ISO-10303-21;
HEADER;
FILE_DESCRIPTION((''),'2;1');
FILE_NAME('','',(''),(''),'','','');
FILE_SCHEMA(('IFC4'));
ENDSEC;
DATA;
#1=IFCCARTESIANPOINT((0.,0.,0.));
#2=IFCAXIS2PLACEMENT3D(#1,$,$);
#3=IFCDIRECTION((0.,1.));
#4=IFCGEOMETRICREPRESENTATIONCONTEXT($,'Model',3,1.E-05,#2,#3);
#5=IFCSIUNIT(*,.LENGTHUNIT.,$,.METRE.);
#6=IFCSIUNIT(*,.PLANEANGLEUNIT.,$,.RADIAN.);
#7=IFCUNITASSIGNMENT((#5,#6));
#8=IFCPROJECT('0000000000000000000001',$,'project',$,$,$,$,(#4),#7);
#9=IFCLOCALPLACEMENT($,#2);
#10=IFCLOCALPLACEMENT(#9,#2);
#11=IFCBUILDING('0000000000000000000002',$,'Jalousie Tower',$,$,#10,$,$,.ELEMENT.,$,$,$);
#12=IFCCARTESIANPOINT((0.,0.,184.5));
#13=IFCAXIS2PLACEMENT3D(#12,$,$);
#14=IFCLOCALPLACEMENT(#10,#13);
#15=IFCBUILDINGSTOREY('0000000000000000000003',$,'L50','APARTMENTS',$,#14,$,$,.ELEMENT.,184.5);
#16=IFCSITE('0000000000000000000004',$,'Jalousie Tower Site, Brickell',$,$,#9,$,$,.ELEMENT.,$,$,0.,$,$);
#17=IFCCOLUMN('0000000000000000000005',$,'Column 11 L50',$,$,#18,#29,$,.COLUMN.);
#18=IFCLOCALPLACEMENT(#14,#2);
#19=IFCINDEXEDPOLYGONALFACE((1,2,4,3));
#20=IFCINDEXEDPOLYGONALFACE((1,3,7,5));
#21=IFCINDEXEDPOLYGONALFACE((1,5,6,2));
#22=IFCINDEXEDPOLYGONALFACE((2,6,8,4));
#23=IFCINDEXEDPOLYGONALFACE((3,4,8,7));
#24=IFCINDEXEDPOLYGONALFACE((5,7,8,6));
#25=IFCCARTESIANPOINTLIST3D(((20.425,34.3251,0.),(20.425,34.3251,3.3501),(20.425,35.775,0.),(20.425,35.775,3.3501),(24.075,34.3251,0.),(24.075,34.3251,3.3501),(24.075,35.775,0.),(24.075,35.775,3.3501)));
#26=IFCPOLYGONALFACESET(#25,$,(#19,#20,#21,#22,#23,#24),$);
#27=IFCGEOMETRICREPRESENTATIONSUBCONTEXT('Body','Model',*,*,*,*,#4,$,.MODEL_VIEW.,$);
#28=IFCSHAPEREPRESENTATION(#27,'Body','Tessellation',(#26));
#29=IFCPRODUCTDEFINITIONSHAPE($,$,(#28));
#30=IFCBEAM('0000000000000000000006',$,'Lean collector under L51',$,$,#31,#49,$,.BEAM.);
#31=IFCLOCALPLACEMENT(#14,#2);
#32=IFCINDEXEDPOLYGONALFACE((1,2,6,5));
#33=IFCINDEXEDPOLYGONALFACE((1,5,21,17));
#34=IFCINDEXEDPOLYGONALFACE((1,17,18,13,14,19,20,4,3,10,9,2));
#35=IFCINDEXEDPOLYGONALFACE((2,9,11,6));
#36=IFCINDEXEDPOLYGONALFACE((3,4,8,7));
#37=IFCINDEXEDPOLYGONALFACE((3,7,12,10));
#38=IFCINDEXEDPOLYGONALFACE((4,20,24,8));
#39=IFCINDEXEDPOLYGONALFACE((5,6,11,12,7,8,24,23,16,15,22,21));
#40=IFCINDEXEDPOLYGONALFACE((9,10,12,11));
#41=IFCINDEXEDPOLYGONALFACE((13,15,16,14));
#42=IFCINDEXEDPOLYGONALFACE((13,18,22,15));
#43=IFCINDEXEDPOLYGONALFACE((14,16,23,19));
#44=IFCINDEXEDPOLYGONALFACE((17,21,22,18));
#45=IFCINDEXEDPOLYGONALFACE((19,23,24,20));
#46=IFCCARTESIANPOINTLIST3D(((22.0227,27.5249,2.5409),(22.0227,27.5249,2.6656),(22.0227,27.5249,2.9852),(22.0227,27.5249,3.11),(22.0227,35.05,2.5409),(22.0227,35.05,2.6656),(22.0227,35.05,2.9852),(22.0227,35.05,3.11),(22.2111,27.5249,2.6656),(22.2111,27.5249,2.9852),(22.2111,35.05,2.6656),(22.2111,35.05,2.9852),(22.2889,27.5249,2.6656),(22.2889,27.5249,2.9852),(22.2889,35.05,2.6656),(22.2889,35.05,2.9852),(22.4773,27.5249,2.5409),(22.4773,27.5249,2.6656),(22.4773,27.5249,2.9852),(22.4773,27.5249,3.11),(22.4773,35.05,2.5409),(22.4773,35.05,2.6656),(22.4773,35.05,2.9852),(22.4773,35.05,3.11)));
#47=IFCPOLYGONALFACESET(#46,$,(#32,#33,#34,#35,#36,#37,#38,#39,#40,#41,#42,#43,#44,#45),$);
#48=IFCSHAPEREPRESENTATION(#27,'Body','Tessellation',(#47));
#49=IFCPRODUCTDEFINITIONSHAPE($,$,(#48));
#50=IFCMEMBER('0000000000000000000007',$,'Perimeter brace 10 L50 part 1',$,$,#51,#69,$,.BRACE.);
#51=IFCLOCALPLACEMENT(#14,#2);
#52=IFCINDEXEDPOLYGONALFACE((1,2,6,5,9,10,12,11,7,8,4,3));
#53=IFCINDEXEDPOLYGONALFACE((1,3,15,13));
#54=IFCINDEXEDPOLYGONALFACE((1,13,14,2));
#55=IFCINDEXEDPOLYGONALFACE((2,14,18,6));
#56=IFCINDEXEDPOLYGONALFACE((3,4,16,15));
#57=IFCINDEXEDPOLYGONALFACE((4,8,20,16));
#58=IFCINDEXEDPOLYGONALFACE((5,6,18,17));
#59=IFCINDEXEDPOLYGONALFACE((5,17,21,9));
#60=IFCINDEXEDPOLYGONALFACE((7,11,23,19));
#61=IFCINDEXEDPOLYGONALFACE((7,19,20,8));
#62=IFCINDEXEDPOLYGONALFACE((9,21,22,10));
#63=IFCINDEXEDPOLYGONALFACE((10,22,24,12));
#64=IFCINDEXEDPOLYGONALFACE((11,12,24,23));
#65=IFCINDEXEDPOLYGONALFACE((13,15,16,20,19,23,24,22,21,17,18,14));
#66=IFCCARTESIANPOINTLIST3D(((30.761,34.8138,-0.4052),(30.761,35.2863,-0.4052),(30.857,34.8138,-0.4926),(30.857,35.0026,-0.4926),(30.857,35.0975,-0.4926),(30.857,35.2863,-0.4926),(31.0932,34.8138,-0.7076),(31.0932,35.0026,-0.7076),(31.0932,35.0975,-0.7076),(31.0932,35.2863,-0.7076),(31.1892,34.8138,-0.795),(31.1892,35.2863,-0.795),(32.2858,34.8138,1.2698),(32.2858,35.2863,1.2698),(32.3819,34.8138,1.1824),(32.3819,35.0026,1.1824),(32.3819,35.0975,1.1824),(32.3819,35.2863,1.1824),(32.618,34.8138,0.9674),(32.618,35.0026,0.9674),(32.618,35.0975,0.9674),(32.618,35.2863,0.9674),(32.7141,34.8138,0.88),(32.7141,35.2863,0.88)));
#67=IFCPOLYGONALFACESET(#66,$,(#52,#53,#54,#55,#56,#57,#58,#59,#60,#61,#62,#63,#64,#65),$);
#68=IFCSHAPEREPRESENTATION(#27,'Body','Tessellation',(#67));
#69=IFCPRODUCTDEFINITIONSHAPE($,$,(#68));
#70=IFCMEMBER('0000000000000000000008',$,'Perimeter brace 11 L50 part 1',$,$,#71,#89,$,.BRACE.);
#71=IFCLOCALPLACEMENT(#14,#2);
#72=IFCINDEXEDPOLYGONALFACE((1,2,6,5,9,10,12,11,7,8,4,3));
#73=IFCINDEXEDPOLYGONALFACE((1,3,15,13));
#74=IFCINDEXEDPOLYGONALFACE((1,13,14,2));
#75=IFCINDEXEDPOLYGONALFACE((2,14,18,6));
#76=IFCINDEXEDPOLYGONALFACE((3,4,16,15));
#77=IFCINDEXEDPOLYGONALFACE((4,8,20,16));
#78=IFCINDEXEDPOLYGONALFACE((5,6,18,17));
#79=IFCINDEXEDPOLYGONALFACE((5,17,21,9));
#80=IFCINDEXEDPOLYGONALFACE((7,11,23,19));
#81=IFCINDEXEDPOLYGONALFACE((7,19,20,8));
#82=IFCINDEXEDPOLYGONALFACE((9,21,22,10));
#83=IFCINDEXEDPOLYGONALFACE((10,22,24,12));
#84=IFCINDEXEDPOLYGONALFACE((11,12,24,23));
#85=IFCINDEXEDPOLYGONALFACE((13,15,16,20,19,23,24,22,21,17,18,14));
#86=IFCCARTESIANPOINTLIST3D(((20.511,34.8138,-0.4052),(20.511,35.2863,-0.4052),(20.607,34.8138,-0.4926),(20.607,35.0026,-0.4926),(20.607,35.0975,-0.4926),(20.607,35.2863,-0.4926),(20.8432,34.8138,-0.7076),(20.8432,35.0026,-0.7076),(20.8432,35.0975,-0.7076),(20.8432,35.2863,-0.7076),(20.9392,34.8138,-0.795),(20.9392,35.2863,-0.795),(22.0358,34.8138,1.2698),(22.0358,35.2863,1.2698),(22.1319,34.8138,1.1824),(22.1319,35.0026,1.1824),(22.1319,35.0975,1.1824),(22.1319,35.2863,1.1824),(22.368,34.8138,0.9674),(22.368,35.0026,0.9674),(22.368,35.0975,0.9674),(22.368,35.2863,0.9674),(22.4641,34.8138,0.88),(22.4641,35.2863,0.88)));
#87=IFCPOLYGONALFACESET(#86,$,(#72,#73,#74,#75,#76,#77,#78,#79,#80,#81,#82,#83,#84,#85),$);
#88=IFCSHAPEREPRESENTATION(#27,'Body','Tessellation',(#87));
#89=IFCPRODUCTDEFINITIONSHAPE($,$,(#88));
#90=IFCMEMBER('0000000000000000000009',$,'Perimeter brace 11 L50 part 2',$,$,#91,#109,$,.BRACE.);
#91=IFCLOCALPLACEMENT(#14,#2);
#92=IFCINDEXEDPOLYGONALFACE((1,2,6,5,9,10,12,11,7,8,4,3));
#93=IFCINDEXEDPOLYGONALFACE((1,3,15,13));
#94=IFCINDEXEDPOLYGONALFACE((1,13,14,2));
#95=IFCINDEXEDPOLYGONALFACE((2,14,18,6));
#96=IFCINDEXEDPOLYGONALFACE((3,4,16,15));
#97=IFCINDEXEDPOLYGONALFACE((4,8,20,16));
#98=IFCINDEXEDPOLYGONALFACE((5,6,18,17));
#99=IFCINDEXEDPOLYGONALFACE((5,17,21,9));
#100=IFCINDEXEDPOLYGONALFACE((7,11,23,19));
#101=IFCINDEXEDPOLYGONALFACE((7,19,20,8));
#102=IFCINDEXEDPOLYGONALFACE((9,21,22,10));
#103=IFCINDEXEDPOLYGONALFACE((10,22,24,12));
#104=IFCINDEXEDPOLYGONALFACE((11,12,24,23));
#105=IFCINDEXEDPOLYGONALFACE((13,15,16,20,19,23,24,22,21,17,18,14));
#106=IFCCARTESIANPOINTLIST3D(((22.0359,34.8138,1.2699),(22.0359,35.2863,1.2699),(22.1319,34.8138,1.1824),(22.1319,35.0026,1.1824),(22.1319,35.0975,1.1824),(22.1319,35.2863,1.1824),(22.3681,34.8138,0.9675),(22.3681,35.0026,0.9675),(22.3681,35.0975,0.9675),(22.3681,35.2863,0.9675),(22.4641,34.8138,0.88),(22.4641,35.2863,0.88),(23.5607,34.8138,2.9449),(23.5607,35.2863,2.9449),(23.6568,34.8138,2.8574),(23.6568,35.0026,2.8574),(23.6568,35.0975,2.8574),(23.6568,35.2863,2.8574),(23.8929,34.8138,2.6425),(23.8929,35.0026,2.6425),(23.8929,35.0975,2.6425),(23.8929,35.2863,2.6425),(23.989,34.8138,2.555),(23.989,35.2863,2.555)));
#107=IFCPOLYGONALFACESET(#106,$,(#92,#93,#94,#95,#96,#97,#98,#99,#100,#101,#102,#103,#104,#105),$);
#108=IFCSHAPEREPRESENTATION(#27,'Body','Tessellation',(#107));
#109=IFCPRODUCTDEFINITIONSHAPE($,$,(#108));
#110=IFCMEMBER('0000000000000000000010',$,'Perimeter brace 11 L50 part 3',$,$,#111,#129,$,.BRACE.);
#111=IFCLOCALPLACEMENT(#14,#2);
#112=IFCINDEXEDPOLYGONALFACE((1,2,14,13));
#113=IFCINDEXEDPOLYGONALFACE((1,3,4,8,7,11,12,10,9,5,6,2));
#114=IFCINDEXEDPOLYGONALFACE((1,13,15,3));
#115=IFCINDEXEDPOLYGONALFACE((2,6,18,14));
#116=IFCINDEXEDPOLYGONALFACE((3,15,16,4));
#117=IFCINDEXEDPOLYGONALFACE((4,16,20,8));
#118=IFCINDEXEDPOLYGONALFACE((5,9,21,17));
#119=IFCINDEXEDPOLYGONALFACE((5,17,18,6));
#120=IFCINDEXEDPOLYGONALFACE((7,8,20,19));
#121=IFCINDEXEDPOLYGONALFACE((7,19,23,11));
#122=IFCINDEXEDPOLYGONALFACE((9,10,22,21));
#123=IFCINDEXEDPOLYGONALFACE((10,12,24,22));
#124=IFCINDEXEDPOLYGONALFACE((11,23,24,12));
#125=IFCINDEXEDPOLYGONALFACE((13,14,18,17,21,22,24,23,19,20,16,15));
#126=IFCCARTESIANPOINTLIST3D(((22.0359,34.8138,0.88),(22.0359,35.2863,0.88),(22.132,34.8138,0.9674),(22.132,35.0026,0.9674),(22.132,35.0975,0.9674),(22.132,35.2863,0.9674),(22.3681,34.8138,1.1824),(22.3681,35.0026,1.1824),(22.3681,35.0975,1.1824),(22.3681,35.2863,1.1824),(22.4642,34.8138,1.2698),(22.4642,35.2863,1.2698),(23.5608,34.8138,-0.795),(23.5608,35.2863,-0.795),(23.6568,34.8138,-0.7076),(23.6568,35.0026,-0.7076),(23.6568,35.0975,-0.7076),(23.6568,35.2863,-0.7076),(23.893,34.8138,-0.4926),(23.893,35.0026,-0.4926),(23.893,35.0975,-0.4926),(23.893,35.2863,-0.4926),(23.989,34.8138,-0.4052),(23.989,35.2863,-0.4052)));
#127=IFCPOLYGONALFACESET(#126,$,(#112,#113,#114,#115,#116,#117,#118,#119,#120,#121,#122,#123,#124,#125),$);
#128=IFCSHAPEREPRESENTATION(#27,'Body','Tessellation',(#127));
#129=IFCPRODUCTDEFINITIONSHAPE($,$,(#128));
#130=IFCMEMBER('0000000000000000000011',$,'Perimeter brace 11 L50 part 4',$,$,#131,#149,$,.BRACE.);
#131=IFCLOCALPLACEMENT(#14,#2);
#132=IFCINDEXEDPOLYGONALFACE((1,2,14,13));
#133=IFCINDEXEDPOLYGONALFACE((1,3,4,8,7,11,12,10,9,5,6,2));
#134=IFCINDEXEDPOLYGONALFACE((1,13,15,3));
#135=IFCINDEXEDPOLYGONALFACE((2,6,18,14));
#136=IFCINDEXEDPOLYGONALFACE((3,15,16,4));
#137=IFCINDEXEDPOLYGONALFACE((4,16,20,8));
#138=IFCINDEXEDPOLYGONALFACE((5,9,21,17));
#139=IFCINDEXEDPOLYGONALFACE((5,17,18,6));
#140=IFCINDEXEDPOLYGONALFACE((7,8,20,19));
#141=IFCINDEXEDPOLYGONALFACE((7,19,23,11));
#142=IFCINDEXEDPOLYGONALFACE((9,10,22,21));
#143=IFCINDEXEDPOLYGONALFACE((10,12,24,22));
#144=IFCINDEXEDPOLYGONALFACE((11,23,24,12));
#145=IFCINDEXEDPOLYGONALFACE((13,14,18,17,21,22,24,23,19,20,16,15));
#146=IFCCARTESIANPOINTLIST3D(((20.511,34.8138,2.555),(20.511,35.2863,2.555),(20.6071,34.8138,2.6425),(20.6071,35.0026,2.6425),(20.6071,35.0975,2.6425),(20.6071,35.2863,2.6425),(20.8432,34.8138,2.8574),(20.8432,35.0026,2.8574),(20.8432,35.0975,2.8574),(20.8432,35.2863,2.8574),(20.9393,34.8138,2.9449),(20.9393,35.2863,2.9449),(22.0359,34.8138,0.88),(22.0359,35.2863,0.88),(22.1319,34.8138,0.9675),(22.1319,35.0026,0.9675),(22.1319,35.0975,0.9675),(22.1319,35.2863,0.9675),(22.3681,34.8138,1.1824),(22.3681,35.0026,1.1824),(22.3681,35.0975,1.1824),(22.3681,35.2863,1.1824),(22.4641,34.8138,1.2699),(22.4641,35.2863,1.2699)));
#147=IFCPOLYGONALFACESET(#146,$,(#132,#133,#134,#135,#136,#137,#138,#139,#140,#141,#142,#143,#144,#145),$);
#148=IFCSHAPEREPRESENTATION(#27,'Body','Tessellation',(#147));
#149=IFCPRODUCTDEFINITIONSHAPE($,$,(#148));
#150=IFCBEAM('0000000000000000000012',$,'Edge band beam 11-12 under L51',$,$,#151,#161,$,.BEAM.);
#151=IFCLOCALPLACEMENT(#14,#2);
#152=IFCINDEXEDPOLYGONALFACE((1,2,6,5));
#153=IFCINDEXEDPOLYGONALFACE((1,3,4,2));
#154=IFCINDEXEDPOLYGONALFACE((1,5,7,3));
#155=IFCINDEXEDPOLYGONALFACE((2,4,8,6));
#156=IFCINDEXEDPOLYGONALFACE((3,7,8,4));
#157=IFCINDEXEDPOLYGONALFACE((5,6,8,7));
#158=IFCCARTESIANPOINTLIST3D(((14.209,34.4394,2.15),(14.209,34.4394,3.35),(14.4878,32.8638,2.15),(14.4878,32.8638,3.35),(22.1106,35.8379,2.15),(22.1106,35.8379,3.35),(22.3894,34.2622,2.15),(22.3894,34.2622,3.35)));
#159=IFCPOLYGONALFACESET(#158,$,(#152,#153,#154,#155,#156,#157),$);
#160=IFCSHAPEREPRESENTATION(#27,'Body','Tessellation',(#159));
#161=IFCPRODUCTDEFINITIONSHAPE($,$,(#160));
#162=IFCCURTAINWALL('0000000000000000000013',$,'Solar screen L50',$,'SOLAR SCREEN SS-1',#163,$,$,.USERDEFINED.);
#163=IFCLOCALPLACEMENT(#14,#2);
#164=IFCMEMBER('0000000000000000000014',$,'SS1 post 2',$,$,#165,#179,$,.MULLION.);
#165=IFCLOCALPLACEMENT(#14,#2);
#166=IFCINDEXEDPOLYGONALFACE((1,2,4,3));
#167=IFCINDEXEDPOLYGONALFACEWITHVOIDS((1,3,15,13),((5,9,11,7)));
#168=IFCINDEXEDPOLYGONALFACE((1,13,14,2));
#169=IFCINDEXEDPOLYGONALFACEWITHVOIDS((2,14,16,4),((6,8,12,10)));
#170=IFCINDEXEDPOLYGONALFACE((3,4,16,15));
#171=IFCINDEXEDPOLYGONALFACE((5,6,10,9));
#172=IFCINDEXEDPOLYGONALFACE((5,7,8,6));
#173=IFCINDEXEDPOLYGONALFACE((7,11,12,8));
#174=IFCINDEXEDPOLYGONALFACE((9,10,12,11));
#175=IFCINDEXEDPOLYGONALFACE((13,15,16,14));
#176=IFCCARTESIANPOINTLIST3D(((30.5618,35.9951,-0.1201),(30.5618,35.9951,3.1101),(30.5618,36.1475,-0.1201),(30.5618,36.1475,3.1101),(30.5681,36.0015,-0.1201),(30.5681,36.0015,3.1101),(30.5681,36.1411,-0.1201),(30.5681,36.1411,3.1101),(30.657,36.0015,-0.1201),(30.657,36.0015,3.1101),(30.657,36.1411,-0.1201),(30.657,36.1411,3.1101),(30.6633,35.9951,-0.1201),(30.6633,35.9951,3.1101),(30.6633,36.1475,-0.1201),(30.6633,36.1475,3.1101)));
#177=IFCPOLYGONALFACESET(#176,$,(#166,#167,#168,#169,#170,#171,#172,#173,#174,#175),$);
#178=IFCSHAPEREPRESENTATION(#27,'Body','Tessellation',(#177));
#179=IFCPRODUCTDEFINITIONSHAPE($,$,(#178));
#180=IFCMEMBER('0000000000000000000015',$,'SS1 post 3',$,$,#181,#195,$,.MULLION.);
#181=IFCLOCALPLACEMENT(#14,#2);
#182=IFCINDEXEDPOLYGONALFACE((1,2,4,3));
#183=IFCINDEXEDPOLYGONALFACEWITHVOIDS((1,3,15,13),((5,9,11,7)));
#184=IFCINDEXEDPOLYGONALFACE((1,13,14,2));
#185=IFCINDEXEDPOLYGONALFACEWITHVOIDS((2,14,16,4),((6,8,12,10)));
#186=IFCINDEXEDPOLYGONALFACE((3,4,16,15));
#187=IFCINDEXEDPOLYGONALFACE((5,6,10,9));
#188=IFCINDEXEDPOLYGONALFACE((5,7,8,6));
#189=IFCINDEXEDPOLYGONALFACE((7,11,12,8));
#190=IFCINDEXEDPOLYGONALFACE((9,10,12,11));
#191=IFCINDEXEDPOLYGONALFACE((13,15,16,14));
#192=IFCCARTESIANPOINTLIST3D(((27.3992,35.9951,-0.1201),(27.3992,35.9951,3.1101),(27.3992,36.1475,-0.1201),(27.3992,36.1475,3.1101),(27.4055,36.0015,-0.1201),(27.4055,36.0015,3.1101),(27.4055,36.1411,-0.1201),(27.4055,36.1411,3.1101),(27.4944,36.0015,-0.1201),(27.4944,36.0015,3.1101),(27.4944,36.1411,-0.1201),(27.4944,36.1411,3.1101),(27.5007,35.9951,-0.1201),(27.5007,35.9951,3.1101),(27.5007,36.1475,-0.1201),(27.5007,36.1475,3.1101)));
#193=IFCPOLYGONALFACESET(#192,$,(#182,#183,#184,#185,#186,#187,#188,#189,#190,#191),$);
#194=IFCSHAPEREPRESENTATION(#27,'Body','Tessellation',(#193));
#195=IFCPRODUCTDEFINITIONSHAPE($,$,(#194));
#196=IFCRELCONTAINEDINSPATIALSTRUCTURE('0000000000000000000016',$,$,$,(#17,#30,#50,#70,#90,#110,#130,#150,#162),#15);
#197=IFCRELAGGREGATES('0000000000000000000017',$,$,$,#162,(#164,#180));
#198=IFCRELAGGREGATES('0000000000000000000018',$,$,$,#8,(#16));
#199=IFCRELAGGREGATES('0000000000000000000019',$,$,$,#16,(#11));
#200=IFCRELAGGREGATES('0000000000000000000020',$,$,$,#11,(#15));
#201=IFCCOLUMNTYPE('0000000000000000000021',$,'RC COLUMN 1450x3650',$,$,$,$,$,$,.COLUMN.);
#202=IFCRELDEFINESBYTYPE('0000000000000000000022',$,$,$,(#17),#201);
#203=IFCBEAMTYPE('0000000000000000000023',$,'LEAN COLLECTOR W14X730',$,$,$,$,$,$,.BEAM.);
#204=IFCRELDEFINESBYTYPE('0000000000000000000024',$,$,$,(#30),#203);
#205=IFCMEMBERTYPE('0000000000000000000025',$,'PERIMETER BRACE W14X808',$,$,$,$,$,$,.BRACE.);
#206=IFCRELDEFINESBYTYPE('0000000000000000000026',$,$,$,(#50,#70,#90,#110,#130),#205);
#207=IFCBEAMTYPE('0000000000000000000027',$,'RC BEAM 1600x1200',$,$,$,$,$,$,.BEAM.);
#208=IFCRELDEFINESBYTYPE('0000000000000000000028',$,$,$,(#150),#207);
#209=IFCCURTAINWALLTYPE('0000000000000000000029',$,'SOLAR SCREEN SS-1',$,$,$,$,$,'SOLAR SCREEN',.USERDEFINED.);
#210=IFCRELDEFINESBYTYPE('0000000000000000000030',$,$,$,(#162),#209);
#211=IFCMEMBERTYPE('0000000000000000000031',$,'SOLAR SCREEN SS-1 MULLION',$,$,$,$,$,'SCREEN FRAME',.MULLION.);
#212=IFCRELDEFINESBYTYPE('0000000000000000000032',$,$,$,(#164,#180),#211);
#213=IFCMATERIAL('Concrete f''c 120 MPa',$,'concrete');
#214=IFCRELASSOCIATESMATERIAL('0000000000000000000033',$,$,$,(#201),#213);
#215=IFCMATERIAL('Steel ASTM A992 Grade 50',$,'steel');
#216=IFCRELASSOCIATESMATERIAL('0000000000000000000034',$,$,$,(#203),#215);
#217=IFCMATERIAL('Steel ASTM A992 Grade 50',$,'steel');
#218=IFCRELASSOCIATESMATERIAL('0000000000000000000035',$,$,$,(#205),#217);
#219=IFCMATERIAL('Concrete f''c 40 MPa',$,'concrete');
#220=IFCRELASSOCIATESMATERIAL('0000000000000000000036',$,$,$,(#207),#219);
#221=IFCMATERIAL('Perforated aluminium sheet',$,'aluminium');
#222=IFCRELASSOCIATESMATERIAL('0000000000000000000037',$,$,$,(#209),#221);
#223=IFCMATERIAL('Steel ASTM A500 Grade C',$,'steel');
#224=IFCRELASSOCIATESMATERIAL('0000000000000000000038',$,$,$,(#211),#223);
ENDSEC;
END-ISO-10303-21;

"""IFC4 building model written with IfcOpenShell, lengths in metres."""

from ifc_helpers import new_model, si_unit, direction, frame, origin, origin_2d, place, context, subcontext, project, spatial, rectangle, hollow_rectangle, i_section, extrude, material, material_profile, profile_set, type_object, element, aggregate, save


model = new_model("IFC4")

# Units and contexts
model_context = context("Model", 3, precision=1e-05, world=origin(), true_north=direction((0.0, 1.0)))
body_context = subcontext(model_context, "Body", "Model", "MODEL_VIEW")
ifc_project = project(units=[si_unit("LENGTHUNIT", "METRE"), si_unit("PLANEANGLEUNIT", "RADIAN")], contexts=[model_context])

# Site, building, storey
site_placement = place(None, origin())
site = spatial("IfcSite", under=ifc_project, at=site_placement, Name="Jalousie Tower Site, Brickell", CompositionType="ELEMENT", RefElevation=0.0)
building_placement = place(site_placement, origin())
building = spatial("IfcBuilding", under=site, at=building_placement, Name="Jalousie Tower", CompositionType="ELEMENT")
storey_placement = place(building_placement, frame((0.0, 0.0, 184.5)))
storey = spatial("IfcBuildingStorey", under=building, at=storey_placement, Name="L50", Description="APARTMENTS", CompositionType="ELEMENT", Elevation=184.5)

# Column
ifc_material_1 = material(Name="Concrete f'c 120 MPa", Category="concrete")
ifc_material_profile_1 = material_profile(ifc_material_1, rectangle(XDim=1.45, YDim=3.6499, at=origin_2d()), Name="RC 1450x3650")
ifc_profile_set_1 = profile_set([ifc_material_profile_1], Name="Concrete f'c 120 MPa")
column_type = type_object("IfcColumnType", Name="RC COLUMN 1450x3650", PredefinedType="COLUMN", material=ifc_profile_set_1)
column_placement = place(storey_placement, frame((22.25, 35.05, 0.0), z_axis=(0.0, 0.0, 1.0), x_axis=(0.0, 1.0, 0.0)))
element("IfcColumn", 1, at=column_placement, inside=storey, type_object=column_type, Name="Column 11 L50", PredefinedType="COLUMN", context=body_context, shape_type="SweptSolid", body=[
    extrude(rectangle(XDim=1.45, YDim=3.6499, at=origin_2d()), origin(), (0.0, 0.0, 1.0), 3.3501),
])

# Beam
ifc_material_2 = material(Name="Steel ASTM A992 Grade 50", Category="steel")
ifc_material_profile_2 = material_profile(ifc_material_2, i_section(OverallWidth=0.4546, OverallDepth=0.5691, WebThickness=0.0779, FlangeThickness=0.1248, at=origin_2d()), Name="W14X730")
ifc_profile_set_2 = profile_set([ifc_material_profile_2], Name="Steel ASTM A992 Grade 50")
beam_type_1 = type_object("IfcBeamType", Name="LEAN COLLECTOR W14X730", PredefinedType="BEAM", material=ifc_profile_set_2)
beam_1_placement = place(storey_placement, frame((22.25, 35.05, 2.8254), z_axis=(0.0, -1.0, 0.0), x_axis=(1.0, 0.0, 0.0)))
element("IfcBeam", 2, at=beam_1_placement, inside=storey, type_object=beam_type_1, Name="Lean collector under L51", PredefinedType="BEAM", context=body_context, shape_type="SweptSolid", body=[
    extrude(i_section(OverallWidth=0.4546, OverallDepth=0.5691, WebThickness=0.0779, FlangeThickness=0.1248, at=origin_2d()), origin(), (0.0, 0.0, 1.0), 7.5251),
])

# Members
ifc_material_3 = material(Name="Steel ASTM A992 Grade 50", Category="steel")
ifc_material_profile_3 = material_profile(ifc_material_3, i_section(OverallWidth=0.4724, OverallDepth=0.5791, WebThickness=0.095, FlangeThickness=0.1299, at=origin_2d()), Name="W14X808")
ifc_profile_set_3 = profile_set([ifc_material_profile_3], Name="Steel ASTM A992 Grade 50")
member_type_1 = type_object("IfcMemberType", Name="PERIMETER BRACE W14X808", PredefinedType="BRACE", material=ifc_profile_set_3)
for number, where, z_axis, x_axis, name in (
    (3, (30.9751, 35.05, -0.6001), (0.673188, 0.0, 0.739472), (0.0, 1.0, 0.0), "Perimeter brace 10 L50 part 1"),
    (4, (20.7251, 35.05, -0.6001), (0.673188, 0.0, 0.739472), (0.0, 1.0, 0.0), "Perimeter brace 11 L50 part 1"),
    (5, (22.25, 35.05, 1.075), (0.673188, 0.0, 0.739472), (0.0, 1.0, 0.0), "Perimeter brace 11 L50 part 2"),
    (6, (23.7749, 35.05, -0.6001), (-0.673188, 0.0, 0.739472), (0.0, -1.0, 0.0), "Perimeter brace 11 L50 part 3"),
    (7, (22.25, 35.05, 1.075), (-0.673188, 0.0, 0.739472), (0.0, -1.0, 0.0), "Perimeter brace 11 L50 part 4"),
):
    element("IfcMember", number, at=place(storey_placement, frame(where, z_axis=z_axis, x_axis=x_axis)), inside=storey, type_object=member_type_1, Name=name, PredefinedType="BRACE", context=body_context, shape_type="SweptSolid", body=[
        extrude(i_section(OverallWidth=0.4724, OverallDepth=0.5791, WebThickness=0.095, FlangeThickness=0.1299, at=origin_2d()), origin(), (0.0, 0.0, 1.0), 2.2651),
    ])

# Beam
ifc_material_4 = material(Name="Concrete f'c 40 MPa", Category="concrete")
ifc_material_profile_4 = material_profile(ifc_material_4, rectangle(XDim=1.6001, YDim=1.2, at=origin_2d()), Name="RC 1600x1200")
ifc_profile_set_4 = profile_set([ifc_material_profile_4], Name="Concrete f'c 40 MPa")
beam_type_2 = type_object("IfcBeamType", Name="RC BEAM 1600x1200", PredefinedType="BEAM", material=ifc_profile_set_4)
beam_2_placement = place(storey_placement, frame((22.25, 35.05, 2.75), z_axis=(-0.984697, -0.174273, 0.0), x_axis=(0.174273, -0.984697, 0.0)))
element("IfcBeam", 8, at=beam_2_placement, inside=storey, type_object=beam_type_2, Name="Edge band beam 11-12 under L51", PredefinedType="BEAM", context=body_context, shape_type="SweptSolid", body=[
    extrude(rectangle(XDim=1.6001, YDim=1.2, at=origin_2d()), origin(), (0.0, 0.0, 1.0), 8.0244),
])

# Curtain wall, members
ifc_material_5 = material(Name="Perforated aluminium sheet", Category="aluminium")
curtain_wall_type = type_object("IfcCurtainWallType", Name="SOLAR SCREEN SS-1", ElementType="SOLAR SCREEN", PredefinedType="USERDEFINED", material=ifc_material_5)
curtain_wall_1_placement = place(storey_placement, origin())
curtain_wall_1 = element("IfcCurtainWall", 9, at=curtain_wall_1_placement, inside=storey, type_object=curtain_wall_type, Name="Solar screen L50", ObjectType="SOLAR SCREEN SS-1", PredefinedType="USERDEFINED")
ifc_material_6 = material(Name="Steel ASTM A500 Grade C", Category="steel")
ifc_material_profile_5 = material_profile(ifc_material_6, hollow_rectangle(XDim=0.1016, YDim=0.1523, WallThickness=0.0063, at=origin_2d()), Name="HSS6X4X1/4")
ifc_profile_set_5 = profile_set([ifc_material_profile_5], Name="Steel ASTM A500 Grade C")
member_type_2 = type_object("IfcMemberType", Name="SOLAR SCREEN SS-1 MULLION", ElementType="SCREEN FRAME", PredefinedType="MULLION", material=ifc_profile_set_5)
member_1_placement = place(storey_placement, frame((30.6125, 36.0713, -0.1201), z_axis=(0.0, 0.0, 1.0), x_axis=(-1.0, 0.0, 0.0)))
member_1 = element("IfcMember", 10, at=member_1_placement, type_object=member_type_2, Name="SS1 post 2", PredefinedType="MULLION", context=body_context, shape_type="SweptSolid", body=[
    extrude(hollow_rectangle(XDim=0.1016, YDim=0.1523, WallThickness=0.0063, at=origin_2d()), origin(), (0.0, 0.0, 1.0), 3.2302),
])
member_2_placement = place(storey_placement, frame((27.45, 36.0713, -0.1201), z_axis=(0.0, 0.0, 1.0), x_axis=(-1.0, 0.0, 0.0)))
member_2 = element("IfcMember", 11, at=member_2_placement, type_object=member_type_2, Name="SS1 post 3", PredefinedType="MULLION", context=body_context, shape_type="SweptSolid", body=[
    extrude(hollow_rectangle(XDim=0.1016, YDim=0.1523, WallThickness=0.0063, at=origin_2d()), origin(), (0.0, 0.0, 1.0), 3.2302),
])

aggregate(curtain_wall_1, [member_1, member_2])

save(model, "model.ifc")
